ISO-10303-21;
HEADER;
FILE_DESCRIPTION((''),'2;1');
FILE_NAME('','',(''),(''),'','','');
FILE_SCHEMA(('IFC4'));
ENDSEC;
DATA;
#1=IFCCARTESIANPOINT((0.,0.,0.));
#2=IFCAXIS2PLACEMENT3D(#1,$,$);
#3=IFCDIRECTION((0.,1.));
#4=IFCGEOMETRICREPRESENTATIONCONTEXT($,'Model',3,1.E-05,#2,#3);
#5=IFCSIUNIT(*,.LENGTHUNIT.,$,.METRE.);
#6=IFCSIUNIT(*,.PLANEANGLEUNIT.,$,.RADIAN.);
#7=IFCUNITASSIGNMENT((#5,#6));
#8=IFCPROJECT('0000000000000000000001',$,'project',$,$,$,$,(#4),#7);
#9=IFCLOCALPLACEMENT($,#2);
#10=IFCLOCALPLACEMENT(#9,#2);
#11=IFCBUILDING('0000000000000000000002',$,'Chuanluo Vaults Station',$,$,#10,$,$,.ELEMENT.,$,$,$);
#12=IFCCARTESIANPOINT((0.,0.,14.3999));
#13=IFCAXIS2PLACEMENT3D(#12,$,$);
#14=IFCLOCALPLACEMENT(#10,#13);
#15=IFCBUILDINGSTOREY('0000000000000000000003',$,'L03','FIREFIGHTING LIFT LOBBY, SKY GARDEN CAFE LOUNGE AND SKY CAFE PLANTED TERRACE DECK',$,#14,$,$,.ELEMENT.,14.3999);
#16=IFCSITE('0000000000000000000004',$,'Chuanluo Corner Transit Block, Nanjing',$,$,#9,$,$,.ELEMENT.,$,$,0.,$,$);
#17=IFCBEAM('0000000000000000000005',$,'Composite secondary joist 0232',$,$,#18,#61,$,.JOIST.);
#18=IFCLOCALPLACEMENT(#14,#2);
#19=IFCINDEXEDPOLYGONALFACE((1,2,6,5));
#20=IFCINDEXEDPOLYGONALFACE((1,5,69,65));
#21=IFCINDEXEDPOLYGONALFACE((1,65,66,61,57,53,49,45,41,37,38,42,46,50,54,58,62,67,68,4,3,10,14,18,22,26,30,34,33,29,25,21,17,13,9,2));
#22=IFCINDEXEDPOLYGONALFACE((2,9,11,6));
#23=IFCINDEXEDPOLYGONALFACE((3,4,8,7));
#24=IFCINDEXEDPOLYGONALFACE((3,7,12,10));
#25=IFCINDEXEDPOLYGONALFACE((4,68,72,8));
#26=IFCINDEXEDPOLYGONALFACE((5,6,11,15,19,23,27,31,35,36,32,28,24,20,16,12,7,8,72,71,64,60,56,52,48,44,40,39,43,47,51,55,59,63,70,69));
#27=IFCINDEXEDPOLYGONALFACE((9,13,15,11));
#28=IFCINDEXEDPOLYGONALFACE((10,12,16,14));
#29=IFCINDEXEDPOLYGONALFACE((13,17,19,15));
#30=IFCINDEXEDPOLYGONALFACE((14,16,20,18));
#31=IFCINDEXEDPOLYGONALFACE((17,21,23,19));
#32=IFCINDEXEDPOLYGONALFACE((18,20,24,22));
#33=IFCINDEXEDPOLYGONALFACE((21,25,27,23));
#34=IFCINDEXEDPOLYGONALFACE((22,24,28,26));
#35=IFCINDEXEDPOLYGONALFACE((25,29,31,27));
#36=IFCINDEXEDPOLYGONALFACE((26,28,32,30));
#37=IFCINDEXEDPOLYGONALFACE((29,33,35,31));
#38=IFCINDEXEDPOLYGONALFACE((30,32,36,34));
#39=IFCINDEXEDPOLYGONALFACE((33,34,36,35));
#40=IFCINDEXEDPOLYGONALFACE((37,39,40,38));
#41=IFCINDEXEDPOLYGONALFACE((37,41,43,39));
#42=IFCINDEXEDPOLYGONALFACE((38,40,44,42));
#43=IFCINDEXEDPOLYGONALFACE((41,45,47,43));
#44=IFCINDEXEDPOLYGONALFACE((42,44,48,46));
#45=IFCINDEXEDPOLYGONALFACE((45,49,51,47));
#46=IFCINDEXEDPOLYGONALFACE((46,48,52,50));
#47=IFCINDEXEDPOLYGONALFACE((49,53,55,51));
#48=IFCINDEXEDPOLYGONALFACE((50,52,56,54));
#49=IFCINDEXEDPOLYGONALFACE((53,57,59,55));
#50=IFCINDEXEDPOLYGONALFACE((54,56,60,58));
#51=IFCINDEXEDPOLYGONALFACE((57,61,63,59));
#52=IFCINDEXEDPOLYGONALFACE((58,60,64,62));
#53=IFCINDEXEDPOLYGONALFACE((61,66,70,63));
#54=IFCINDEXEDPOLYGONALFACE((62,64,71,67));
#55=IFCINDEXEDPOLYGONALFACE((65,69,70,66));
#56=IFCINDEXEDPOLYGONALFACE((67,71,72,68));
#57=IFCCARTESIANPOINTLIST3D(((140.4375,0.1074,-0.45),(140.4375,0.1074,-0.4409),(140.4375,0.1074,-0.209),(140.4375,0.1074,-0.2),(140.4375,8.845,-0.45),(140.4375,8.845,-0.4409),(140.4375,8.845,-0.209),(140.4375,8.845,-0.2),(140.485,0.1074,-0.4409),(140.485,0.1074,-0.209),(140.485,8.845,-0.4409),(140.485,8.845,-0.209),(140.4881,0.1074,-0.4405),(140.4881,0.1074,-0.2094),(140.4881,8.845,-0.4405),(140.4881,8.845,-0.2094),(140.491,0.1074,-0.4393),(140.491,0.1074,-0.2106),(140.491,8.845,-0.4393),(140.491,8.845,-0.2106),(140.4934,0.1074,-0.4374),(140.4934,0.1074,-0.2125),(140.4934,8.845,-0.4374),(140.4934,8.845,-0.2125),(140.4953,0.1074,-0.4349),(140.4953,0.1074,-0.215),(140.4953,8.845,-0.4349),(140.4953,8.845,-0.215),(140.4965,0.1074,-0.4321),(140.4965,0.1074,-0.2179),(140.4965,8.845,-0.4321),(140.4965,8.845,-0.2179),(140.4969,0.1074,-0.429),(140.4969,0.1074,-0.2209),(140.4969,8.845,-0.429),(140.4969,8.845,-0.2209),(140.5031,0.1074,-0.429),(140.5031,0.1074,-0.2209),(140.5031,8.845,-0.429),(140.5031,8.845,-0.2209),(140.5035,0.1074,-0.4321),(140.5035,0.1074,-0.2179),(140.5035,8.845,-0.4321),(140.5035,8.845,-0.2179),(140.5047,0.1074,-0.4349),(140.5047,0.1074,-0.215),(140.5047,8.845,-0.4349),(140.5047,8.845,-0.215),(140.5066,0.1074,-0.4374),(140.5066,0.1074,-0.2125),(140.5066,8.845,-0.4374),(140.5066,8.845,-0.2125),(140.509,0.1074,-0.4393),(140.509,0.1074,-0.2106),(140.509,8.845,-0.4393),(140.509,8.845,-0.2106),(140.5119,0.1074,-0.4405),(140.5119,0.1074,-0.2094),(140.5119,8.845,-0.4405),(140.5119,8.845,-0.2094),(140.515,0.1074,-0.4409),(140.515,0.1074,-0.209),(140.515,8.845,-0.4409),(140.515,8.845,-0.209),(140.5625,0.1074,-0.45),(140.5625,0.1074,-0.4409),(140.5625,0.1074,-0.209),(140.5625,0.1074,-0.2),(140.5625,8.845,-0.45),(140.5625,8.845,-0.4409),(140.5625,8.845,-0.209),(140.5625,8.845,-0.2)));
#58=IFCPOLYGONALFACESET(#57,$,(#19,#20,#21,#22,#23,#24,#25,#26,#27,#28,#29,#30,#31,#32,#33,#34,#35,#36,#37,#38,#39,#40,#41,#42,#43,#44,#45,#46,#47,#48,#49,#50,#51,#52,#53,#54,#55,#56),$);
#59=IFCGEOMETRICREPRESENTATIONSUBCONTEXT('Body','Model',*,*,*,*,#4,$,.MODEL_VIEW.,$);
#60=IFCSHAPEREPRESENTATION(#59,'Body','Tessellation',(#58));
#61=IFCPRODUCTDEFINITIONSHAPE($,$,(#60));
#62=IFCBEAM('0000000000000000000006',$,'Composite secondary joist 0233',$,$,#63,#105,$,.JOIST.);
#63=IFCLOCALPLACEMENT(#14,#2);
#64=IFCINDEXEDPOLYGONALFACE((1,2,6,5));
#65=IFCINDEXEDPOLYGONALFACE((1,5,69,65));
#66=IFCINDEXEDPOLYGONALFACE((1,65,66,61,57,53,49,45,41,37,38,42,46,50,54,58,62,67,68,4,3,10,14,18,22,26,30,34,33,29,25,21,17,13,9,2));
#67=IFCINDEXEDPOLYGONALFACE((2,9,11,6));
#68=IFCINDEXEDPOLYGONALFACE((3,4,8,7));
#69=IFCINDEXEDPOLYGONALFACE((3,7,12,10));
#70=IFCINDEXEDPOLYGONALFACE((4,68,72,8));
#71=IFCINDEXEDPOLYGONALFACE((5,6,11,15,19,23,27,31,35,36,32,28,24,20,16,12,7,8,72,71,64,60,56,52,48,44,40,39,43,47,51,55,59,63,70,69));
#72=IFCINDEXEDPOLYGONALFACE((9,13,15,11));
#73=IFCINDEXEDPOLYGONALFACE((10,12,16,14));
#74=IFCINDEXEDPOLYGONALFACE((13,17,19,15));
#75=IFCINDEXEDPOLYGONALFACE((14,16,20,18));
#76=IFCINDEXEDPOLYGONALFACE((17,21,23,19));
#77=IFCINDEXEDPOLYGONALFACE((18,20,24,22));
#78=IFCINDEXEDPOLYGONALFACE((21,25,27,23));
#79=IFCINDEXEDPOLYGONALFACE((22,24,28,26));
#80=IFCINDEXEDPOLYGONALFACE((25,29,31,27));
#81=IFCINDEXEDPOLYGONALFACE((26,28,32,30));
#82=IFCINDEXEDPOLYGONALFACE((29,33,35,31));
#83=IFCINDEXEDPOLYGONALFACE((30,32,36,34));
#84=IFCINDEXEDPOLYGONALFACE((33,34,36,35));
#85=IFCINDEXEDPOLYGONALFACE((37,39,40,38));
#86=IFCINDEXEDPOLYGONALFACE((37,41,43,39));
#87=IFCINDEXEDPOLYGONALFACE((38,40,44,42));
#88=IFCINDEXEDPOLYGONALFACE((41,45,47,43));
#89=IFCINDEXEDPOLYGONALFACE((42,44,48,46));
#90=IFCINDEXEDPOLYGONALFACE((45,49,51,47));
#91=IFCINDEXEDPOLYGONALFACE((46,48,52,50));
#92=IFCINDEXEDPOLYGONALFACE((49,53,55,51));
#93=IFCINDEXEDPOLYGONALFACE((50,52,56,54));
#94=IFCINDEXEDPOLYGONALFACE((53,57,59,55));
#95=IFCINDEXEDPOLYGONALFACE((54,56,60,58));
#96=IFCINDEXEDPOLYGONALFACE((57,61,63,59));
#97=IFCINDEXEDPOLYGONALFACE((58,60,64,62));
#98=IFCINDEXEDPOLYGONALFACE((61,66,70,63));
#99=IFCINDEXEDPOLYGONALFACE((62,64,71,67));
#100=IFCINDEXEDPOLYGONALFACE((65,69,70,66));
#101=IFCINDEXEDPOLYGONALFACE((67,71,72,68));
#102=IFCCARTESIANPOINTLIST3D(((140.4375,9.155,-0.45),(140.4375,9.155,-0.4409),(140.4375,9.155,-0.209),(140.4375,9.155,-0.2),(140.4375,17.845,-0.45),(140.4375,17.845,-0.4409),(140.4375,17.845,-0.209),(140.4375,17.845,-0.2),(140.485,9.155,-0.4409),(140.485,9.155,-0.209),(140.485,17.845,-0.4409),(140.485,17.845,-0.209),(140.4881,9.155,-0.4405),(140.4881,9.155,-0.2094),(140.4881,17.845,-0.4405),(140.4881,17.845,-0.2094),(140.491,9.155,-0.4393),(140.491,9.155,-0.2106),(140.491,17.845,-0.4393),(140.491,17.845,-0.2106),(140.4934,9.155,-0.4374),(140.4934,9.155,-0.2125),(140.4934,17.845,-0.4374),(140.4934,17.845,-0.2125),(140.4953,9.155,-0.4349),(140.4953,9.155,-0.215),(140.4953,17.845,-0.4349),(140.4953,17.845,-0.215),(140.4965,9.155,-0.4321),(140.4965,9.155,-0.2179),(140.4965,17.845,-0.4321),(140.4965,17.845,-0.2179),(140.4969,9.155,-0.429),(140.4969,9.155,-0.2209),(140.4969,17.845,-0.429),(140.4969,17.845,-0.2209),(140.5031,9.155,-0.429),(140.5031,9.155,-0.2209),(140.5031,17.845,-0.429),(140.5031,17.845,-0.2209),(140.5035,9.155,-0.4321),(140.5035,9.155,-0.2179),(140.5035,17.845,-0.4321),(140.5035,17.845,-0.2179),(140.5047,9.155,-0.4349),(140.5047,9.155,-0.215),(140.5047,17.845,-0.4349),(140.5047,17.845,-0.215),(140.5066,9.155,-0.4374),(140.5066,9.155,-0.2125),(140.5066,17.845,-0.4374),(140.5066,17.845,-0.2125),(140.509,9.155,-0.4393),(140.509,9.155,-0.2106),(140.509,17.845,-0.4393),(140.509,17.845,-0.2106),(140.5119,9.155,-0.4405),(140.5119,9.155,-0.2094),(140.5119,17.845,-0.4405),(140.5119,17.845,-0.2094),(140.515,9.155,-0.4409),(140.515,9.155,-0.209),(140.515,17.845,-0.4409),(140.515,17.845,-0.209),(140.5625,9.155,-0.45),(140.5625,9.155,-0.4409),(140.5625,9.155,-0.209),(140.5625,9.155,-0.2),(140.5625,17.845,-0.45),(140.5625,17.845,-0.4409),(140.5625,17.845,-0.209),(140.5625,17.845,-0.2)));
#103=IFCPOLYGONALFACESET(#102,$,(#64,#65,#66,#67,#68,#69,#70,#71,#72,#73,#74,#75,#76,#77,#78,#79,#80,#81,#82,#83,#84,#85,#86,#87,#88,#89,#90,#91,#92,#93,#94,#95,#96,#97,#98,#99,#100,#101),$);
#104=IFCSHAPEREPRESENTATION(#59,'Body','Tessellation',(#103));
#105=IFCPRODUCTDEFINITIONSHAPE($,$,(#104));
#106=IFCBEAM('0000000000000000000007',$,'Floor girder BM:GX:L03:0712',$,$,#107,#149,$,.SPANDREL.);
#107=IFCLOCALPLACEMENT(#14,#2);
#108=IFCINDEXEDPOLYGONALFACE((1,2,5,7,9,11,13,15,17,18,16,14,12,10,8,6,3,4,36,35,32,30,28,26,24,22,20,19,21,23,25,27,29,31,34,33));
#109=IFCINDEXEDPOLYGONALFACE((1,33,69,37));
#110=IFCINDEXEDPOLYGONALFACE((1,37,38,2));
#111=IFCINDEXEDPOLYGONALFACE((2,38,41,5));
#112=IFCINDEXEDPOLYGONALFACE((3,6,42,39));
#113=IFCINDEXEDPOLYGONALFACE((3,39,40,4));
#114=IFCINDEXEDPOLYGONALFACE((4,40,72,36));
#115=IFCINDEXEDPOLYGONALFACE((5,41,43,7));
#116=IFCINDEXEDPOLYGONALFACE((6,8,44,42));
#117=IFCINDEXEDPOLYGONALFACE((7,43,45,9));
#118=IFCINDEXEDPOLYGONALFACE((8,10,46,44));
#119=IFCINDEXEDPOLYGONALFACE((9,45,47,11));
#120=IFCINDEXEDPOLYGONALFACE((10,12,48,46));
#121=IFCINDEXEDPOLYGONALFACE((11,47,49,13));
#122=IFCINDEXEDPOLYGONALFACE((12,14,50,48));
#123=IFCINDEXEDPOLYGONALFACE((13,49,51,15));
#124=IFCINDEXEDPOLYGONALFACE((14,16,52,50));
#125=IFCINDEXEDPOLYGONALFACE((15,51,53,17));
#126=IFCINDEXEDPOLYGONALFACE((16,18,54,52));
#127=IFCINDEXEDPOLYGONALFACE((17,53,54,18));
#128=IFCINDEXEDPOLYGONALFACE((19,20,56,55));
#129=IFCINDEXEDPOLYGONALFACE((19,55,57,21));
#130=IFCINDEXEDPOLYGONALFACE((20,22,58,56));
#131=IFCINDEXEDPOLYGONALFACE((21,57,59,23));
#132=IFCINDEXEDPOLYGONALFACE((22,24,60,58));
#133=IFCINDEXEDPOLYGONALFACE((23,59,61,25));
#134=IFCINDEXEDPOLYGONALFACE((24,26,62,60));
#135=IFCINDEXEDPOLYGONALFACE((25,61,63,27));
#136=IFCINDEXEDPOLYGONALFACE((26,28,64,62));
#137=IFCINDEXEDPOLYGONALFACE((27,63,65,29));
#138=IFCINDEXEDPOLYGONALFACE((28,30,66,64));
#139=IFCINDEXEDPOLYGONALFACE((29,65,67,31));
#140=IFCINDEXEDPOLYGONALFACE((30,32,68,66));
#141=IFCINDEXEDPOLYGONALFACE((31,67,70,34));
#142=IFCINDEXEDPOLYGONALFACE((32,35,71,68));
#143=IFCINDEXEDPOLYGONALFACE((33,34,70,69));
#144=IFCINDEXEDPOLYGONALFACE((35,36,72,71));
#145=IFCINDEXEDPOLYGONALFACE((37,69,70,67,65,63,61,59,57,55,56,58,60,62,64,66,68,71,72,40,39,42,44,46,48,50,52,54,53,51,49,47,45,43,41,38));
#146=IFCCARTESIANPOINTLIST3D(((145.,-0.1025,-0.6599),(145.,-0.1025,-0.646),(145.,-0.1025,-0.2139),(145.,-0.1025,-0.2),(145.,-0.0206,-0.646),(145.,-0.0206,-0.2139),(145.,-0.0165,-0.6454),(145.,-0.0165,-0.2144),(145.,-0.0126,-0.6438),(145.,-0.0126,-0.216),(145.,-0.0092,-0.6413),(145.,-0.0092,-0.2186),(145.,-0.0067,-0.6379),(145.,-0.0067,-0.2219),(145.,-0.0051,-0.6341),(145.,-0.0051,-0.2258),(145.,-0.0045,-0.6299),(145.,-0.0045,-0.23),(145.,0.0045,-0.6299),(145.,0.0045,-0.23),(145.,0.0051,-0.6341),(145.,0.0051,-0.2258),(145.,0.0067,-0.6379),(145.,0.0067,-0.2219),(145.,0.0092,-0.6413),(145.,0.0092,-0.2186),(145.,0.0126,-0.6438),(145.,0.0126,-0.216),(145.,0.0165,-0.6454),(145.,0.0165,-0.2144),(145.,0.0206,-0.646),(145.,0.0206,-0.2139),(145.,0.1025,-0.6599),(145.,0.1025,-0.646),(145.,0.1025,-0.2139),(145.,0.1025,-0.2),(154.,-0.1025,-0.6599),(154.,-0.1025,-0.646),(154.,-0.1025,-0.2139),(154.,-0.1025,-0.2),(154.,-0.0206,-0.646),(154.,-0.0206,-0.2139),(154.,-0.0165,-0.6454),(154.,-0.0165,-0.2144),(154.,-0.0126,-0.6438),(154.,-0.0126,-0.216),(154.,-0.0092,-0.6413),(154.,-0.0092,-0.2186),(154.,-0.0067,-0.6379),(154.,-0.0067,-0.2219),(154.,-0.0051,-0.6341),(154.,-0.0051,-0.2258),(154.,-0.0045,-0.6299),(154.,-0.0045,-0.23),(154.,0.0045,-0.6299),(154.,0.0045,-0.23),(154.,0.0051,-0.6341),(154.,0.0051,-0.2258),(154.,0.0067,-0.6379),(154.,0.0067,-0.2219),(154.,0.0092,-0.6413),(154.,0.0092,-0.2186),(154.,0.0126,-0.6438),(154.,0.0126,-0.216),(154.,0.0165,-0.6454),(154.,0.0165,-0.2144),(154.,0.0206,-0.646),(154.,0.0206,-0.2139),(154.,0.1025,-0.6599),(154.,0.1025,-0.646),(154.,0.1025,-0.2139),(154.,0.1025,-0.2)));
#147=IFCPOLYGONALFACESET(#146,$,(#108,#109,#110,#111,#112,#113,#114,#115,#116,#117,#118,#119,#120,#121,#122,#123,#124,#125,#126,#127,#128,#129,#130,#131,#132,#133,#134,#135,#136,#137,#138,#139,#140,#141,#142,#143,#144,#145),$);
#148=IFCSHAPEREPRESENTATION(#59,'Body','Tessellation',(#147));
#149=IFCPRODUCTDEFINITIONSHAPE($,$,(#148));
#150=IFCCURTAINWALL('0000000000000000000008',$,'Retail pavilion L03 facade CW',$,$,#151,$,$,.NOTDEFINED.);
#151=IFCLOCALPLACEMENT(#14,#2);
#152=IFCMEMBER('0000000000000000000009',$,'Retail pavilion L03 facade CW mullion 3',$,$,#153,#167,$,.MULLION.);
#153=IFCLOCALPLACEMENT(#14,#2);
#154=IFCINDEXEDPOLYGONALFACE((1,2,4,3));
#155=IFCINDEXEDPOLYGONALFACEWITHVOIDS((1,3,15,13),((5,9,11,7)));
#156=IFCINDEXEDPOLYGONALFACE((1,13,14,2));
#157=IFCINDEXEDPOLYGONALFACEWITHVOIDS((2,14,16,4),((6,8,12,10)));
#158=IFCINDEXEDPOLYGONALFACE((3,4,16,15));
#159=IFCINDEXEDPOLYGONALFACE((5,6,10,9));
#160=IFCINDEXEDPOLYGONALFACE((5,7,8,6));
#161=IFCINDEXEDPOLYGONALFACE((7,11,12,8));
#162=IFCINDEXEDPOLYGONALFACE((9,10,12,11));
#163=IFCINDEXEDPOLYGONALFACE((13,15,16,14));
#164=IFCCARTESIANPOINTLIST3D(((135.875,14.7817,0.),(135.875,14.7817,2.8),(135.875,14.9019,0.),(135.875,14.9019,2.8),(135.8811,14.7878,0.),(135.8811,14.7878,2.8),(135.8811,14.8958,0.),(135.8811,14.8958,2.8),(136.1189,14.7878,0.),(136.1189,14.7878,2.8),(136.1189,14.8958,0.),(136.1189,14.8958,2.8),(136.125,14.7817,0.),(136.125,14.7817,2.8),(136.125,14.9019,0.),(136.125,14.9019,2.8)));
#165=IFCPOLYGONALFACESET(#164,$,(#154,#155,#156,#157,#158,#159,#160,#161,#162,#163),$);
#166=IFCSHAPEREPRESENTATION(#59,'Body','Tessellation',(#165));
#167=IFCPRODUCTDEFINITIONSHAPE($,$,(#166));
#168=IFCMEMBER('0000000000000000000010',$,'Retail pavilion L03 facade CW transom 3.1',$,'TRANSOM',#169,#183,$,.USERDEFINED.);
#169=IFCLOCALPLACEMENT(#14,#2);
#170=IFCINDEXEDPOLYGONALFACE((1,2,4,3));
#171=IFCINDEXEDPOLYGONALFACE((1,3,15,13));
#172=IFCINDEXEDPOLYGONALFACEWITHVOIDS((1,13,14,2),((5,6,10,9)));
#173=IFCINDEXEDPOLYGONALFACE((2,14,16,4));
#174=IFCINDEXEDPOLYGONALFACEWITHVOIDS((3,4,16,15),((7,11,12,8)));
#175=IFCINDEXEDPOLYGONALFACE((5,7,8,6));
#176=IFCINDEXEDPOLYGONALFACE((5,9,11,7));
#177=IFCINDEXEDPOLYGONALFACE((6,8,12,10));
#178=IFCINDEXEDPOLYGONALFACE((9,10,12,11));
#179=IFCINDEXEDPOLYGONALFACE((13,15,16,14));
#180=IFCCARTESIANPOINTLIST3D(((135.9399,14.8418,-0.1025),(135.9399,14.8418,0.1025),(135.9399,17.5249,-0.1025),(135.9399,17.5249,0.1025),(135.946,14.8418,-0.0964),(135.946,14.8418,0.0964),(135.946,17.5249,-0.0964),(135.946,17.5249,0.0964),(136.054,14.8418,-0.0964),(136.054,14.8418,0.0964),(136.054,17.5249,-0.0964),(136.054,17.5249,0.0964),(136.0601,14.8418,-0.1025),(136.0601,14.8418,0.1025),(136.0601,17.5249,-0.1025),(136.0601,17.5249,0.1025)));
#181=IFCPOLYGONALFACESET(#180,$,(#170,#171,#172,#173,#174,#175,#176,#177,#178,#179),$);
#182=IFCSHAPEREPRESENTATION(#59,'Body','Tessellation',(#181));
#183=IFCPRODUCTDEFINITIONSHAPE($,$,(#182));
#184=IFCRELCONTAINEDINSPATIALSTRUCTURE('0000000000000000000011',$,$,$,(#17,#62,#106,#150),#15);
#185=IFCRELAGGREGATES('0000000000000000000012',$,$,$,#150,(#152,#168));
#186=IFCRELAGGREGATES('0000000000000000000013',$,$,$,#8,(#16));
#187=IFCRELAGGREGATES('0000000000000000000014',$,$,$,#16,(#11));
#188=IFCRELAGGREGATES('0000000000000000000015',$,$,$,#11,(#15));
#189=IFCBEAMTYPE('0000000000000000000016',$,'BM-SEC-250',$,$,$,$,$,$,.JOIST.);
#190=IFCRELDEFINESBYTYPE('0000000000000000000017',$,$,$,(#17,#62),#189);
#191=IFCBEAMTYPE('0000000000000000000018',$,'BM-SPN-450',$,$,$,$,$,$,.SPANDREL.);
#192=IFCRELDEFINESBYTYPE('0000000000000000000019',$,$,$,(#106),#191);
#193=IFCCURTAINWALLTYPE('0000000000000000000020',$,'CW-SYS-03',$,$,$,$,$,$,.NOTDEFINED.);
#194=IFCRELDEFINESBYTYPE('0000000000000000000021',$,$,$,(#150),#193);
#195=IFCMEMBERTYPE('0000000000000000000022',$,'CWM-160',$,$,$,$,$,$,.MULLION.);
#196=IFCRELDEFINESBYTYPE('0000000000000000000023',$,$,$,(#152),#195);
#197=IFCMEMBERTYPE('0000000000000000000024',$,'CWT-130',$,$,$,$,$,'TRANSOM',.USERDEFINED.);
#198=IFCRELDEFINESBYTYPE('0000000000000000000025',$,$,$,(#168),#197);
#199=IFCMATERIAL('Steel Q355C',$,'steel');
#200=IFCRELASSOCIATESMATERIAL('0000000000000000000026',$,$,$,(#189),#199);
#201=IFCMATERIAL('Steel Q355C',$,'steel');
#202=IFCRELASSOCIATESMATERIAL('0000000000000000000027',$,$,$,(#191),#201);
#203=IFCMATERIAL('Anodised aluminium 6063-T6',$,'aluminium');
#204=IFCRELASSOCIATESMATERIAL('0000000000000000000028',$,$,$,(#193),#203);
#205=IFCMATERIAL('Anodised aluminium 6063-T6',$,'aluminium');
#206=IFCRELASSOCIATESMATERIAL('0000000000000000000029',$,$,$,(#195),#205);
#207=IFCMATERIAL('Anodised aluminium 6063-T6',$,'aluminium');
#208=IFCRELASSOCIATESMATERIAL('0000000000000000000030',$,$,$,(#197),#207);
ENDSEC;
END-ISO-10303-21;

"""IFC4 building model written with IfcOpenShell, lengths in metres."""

from ifc_helpers import new_model, si_unit, direction, frame, origin, origin_2d, place, context, subcontext, project, spatial, hollow_rectangle, i_section, extrude, material, material_profile, profile_set, type_object, element, aggregate, save


model = new_model("IFC4")

# Units and contexts
model_context = context("Model", 3, precision=1e-05, world=origin(), true_north=direction((0.0, 1.0)))
body_context = subcontext(model_context, "Body", "Model", "MODEL_VIEW")
ifc_project = project(units=[si_unit("LENGTHUNIT", "METRE"), si_unit("PLANEANGLEUNIT", "RADIAN")], contexts=[model_context])

# Site, building, storey
site_placement = place(None, origin())
site = spatial("IfcSite", under=ifc_project, at=site_placement, Name="Chuanluo Corner Transit Block, Nanjing", CompositionType="ELEMENT", RefElevation=0.0)
building_placement = place(site_placement, origin())
building = spatial("IfcBuilding", under=site, at=building_placement, Name="Chuanluo Vaults Station", CompositionType="ELEMENT")
storey_placement = place(building_placement, frame((0.0, 0.0, 14.3999)))
storey = spatial("IfcBuildingStorey", under=building, at=storey_placement, Name="L03", Description="FIREFIGHTING LIFT LOBBY, SKY GARDEN CAFE LOUNGE AND SKY CAFE PLANTED TERRACE DECK", CompositionType="ELEMENT", Elevation=14.3999)

# Beams
ifc_material_1 = material(Name="Steel Q355C", Category="steel")
ifc_material_profile_1 = material_profile(ifc_material_1, i_section(OverallWidth=0.125, OverallDepth=0.25, WebThickness=0.0061, FlangeThickness=0.009, FilletRadius=0.012, at=origin_2d()))
ifc_profile_set_1 = profile_set([ifc_material_profile_1], Name="Steel Q355C")
beam_type_1 = type_object("IfcBeamType", Name="BM-SEC-250", PredefinedType="JOIST", material=ifc_profile_set_1)
beam_1_placement = place(storey_placement, frame((140.5, 0.1074, -0.325), z_axis=(0.0, 1.0, 0.0), x_axis=(-1.0, 0.0, 0.0)))
element("IfcBeam", 1, at=beam_1_placement, inside=storey, type_object=beam_type_1, Name="Composite secondary joist 0232", PredefinedType="JOIST", context=body_context, shape_type="SweptSolid", body=[
    extrude(i_section(OverallWidth=0.125, OverallDepth=0.25, WebThickness=0.0061, FlangeThickness=0.009, FilletRadius=0.012, at=origin_2d()), origin(), (0.0, 0.0, 1.0), 8.7375),
])
beam_2_placement = place(storey_placement, frame((140.5, 9.155, -0.325), z_axis=(0.0, 1.0, 0.0), x_axis=(-1.0, 0.0, 0.0)))
element("IfcBeam", 2, at=beam_2_placement, inside=storey, type_object=beam_type_1, Name="Composite secondary joist 0233", PredefinedType="JOIST", context=body_context, shape_type="SweptSolid", body=[
    extrude(i_section(OverallWidth=0.125, OverallDepth=0.25, WebThickness=0.0061, FlangeThickness=0.009, FilletRadius=0.012, at=origin_2d()), origin(), (0.0, 0.0, 1.0), 8.6899),
])
ifc_material_2 = material(Name="Steel Q355C", Category="steel")
ifc_material_profile_2 = material_profile(ifc_material_2, i_section(OverallWidth=0.2051, OverallDepth=0.46, WebThickness=0.009, FlangeThickness=0.0139, FilletRadius=0.0161, at=origin_2d()))
ifc_profile_set_2 = profile_set([ifc_material_profile_2], Name="Steel Q355C")
beam_type_2 = type_object("IfcBeamType", Name="BM-SPN-450", PredefinedType="SPANDREL", material=ifc_profile_set_2)
beam_3_placement = place(storey_placement, frame((145.0, 0.0, -0.4299), z_axis=(1.0, 0.0, 0.0), x_axis=(0.0, 1.0, 0.0)))
element("IfcBeam", 3, at=beam_3_placement, inside=storey, type_object=beam_type_2, Name="Floor girder BM:GX:L03:0712", PredefinedType="SPANDREL", context=body_context, shape_type="SweptSolid", body=[
    extrude(i_section(OverallWidth=0.2051, OverallDepth=0.46, WebThickness=0.009, FlangeThickness=0.0139, FilletRadius=0.0161, at=origin_2d()), origin(), (0.0, 0.0, 1.0), 9.0),
])

# Curtain wall, members
ifc_material_3 = material(Name="Anodised aluminium 6063-T6", Category="aluminium")
curtain_wall_type_1 = type_object("IfcCurtainWallType", Name="CW-SYS-03", PredefinedType="NOTDEFINED", material=ifc_material_3)
curtain_wall_1_placement = place(storey_placement, origin())
curtain_wall_1 = element("IfcCurtainWall", 4, at=curtain_wall_1_placement, inside=storey, type_object=curtain_wall_type_1, Name="Retail pavilion L03 facade CW", PredefinedType="NOTDEFINED")
ifc_material_4 = material(Name="Anodised aluminium 6063-T6", Category="aluminium")
ifc_material_profile_3 = material_profile(ifc_material_4, hollow_rectangle(XDim=0.1201, YDim=0.25, WallThickness=0.0061, at=origin_2d()))
ifc_profile_set_3 = profile_set([ifc_material_profile_3], Name="Anodised aluminium 6063-T6")
member_type_1 = type_object("IfcMemberType", Name="CWM-160", PredefinedType="MULLION", material=ifc_profile_set_3)
member_1_placement = place(storey_placement, frame((136.0, 14.8418, 0.0), z_axis=(0.0, 0.0, 1.0), x_axis=(0.0, 1.0, 0.0)))
member_1 = element("IfcMember", 5, at=member_1_placement, type_object=member_type_1, Name="Retail pavilion L03 facade CW mullion 3", PredefinedType="MULLION", context=body_context, shape_type="SweptSolid", body=[
    extrude(hollow_rectangle(XDim=0.1201, YDim=0.25, WallThickness=0.0061, at=origin_2d()), origin(), (0.0, 0.0, 1.0), 2.8),
])
ifc_material_5 = material(Name="Anodised aluminium 6063-T6", Category="aluminium")
ifc_material_profile_4 = material_profile(ifc_material_5, hollow_rectangle(XDim=0.1201, YDim=0.2051, WallThickness=0.0061, at=origin_2d()))
ifc_profile_set_4 = profile_set([ifc_material_profile_4], Name="Anodised aluminium 6063-T6")
member_type_2 = type_object("IfcMemberType", Name="CWT-130", ElementType="TRANSOM", PredefinedType="USERDEFINED", material=ifc_profile_set_4)
member_2_placement = place(storey_placement, frame((136.0, 14.8418, 0.0), z_axis=(0.0, 1.0, 0.0), x_axis=(-1.0, 0.0, 0.0)))
member_2 = element("IfcMember", 6, at=member_2_placement, type_object=member_type_2, Name="Retail pavilion L03 facade CW transom 3.1", ObjectType="TRANSOM", PredefinedType="USERDEFINED", context=body_context, shape_type="SweptSolid", body=[
    extrude(hollow_rectangle(XDim=0.1201, YDim=0.2051, WallThickness=0.0061, at=origin_2d()), origin(), (0.0, 0.0, 1.0), 2.6831),
])

aggregate(curtain_wall_1, [member_1, member_2])

save(model, "model.ifc")
